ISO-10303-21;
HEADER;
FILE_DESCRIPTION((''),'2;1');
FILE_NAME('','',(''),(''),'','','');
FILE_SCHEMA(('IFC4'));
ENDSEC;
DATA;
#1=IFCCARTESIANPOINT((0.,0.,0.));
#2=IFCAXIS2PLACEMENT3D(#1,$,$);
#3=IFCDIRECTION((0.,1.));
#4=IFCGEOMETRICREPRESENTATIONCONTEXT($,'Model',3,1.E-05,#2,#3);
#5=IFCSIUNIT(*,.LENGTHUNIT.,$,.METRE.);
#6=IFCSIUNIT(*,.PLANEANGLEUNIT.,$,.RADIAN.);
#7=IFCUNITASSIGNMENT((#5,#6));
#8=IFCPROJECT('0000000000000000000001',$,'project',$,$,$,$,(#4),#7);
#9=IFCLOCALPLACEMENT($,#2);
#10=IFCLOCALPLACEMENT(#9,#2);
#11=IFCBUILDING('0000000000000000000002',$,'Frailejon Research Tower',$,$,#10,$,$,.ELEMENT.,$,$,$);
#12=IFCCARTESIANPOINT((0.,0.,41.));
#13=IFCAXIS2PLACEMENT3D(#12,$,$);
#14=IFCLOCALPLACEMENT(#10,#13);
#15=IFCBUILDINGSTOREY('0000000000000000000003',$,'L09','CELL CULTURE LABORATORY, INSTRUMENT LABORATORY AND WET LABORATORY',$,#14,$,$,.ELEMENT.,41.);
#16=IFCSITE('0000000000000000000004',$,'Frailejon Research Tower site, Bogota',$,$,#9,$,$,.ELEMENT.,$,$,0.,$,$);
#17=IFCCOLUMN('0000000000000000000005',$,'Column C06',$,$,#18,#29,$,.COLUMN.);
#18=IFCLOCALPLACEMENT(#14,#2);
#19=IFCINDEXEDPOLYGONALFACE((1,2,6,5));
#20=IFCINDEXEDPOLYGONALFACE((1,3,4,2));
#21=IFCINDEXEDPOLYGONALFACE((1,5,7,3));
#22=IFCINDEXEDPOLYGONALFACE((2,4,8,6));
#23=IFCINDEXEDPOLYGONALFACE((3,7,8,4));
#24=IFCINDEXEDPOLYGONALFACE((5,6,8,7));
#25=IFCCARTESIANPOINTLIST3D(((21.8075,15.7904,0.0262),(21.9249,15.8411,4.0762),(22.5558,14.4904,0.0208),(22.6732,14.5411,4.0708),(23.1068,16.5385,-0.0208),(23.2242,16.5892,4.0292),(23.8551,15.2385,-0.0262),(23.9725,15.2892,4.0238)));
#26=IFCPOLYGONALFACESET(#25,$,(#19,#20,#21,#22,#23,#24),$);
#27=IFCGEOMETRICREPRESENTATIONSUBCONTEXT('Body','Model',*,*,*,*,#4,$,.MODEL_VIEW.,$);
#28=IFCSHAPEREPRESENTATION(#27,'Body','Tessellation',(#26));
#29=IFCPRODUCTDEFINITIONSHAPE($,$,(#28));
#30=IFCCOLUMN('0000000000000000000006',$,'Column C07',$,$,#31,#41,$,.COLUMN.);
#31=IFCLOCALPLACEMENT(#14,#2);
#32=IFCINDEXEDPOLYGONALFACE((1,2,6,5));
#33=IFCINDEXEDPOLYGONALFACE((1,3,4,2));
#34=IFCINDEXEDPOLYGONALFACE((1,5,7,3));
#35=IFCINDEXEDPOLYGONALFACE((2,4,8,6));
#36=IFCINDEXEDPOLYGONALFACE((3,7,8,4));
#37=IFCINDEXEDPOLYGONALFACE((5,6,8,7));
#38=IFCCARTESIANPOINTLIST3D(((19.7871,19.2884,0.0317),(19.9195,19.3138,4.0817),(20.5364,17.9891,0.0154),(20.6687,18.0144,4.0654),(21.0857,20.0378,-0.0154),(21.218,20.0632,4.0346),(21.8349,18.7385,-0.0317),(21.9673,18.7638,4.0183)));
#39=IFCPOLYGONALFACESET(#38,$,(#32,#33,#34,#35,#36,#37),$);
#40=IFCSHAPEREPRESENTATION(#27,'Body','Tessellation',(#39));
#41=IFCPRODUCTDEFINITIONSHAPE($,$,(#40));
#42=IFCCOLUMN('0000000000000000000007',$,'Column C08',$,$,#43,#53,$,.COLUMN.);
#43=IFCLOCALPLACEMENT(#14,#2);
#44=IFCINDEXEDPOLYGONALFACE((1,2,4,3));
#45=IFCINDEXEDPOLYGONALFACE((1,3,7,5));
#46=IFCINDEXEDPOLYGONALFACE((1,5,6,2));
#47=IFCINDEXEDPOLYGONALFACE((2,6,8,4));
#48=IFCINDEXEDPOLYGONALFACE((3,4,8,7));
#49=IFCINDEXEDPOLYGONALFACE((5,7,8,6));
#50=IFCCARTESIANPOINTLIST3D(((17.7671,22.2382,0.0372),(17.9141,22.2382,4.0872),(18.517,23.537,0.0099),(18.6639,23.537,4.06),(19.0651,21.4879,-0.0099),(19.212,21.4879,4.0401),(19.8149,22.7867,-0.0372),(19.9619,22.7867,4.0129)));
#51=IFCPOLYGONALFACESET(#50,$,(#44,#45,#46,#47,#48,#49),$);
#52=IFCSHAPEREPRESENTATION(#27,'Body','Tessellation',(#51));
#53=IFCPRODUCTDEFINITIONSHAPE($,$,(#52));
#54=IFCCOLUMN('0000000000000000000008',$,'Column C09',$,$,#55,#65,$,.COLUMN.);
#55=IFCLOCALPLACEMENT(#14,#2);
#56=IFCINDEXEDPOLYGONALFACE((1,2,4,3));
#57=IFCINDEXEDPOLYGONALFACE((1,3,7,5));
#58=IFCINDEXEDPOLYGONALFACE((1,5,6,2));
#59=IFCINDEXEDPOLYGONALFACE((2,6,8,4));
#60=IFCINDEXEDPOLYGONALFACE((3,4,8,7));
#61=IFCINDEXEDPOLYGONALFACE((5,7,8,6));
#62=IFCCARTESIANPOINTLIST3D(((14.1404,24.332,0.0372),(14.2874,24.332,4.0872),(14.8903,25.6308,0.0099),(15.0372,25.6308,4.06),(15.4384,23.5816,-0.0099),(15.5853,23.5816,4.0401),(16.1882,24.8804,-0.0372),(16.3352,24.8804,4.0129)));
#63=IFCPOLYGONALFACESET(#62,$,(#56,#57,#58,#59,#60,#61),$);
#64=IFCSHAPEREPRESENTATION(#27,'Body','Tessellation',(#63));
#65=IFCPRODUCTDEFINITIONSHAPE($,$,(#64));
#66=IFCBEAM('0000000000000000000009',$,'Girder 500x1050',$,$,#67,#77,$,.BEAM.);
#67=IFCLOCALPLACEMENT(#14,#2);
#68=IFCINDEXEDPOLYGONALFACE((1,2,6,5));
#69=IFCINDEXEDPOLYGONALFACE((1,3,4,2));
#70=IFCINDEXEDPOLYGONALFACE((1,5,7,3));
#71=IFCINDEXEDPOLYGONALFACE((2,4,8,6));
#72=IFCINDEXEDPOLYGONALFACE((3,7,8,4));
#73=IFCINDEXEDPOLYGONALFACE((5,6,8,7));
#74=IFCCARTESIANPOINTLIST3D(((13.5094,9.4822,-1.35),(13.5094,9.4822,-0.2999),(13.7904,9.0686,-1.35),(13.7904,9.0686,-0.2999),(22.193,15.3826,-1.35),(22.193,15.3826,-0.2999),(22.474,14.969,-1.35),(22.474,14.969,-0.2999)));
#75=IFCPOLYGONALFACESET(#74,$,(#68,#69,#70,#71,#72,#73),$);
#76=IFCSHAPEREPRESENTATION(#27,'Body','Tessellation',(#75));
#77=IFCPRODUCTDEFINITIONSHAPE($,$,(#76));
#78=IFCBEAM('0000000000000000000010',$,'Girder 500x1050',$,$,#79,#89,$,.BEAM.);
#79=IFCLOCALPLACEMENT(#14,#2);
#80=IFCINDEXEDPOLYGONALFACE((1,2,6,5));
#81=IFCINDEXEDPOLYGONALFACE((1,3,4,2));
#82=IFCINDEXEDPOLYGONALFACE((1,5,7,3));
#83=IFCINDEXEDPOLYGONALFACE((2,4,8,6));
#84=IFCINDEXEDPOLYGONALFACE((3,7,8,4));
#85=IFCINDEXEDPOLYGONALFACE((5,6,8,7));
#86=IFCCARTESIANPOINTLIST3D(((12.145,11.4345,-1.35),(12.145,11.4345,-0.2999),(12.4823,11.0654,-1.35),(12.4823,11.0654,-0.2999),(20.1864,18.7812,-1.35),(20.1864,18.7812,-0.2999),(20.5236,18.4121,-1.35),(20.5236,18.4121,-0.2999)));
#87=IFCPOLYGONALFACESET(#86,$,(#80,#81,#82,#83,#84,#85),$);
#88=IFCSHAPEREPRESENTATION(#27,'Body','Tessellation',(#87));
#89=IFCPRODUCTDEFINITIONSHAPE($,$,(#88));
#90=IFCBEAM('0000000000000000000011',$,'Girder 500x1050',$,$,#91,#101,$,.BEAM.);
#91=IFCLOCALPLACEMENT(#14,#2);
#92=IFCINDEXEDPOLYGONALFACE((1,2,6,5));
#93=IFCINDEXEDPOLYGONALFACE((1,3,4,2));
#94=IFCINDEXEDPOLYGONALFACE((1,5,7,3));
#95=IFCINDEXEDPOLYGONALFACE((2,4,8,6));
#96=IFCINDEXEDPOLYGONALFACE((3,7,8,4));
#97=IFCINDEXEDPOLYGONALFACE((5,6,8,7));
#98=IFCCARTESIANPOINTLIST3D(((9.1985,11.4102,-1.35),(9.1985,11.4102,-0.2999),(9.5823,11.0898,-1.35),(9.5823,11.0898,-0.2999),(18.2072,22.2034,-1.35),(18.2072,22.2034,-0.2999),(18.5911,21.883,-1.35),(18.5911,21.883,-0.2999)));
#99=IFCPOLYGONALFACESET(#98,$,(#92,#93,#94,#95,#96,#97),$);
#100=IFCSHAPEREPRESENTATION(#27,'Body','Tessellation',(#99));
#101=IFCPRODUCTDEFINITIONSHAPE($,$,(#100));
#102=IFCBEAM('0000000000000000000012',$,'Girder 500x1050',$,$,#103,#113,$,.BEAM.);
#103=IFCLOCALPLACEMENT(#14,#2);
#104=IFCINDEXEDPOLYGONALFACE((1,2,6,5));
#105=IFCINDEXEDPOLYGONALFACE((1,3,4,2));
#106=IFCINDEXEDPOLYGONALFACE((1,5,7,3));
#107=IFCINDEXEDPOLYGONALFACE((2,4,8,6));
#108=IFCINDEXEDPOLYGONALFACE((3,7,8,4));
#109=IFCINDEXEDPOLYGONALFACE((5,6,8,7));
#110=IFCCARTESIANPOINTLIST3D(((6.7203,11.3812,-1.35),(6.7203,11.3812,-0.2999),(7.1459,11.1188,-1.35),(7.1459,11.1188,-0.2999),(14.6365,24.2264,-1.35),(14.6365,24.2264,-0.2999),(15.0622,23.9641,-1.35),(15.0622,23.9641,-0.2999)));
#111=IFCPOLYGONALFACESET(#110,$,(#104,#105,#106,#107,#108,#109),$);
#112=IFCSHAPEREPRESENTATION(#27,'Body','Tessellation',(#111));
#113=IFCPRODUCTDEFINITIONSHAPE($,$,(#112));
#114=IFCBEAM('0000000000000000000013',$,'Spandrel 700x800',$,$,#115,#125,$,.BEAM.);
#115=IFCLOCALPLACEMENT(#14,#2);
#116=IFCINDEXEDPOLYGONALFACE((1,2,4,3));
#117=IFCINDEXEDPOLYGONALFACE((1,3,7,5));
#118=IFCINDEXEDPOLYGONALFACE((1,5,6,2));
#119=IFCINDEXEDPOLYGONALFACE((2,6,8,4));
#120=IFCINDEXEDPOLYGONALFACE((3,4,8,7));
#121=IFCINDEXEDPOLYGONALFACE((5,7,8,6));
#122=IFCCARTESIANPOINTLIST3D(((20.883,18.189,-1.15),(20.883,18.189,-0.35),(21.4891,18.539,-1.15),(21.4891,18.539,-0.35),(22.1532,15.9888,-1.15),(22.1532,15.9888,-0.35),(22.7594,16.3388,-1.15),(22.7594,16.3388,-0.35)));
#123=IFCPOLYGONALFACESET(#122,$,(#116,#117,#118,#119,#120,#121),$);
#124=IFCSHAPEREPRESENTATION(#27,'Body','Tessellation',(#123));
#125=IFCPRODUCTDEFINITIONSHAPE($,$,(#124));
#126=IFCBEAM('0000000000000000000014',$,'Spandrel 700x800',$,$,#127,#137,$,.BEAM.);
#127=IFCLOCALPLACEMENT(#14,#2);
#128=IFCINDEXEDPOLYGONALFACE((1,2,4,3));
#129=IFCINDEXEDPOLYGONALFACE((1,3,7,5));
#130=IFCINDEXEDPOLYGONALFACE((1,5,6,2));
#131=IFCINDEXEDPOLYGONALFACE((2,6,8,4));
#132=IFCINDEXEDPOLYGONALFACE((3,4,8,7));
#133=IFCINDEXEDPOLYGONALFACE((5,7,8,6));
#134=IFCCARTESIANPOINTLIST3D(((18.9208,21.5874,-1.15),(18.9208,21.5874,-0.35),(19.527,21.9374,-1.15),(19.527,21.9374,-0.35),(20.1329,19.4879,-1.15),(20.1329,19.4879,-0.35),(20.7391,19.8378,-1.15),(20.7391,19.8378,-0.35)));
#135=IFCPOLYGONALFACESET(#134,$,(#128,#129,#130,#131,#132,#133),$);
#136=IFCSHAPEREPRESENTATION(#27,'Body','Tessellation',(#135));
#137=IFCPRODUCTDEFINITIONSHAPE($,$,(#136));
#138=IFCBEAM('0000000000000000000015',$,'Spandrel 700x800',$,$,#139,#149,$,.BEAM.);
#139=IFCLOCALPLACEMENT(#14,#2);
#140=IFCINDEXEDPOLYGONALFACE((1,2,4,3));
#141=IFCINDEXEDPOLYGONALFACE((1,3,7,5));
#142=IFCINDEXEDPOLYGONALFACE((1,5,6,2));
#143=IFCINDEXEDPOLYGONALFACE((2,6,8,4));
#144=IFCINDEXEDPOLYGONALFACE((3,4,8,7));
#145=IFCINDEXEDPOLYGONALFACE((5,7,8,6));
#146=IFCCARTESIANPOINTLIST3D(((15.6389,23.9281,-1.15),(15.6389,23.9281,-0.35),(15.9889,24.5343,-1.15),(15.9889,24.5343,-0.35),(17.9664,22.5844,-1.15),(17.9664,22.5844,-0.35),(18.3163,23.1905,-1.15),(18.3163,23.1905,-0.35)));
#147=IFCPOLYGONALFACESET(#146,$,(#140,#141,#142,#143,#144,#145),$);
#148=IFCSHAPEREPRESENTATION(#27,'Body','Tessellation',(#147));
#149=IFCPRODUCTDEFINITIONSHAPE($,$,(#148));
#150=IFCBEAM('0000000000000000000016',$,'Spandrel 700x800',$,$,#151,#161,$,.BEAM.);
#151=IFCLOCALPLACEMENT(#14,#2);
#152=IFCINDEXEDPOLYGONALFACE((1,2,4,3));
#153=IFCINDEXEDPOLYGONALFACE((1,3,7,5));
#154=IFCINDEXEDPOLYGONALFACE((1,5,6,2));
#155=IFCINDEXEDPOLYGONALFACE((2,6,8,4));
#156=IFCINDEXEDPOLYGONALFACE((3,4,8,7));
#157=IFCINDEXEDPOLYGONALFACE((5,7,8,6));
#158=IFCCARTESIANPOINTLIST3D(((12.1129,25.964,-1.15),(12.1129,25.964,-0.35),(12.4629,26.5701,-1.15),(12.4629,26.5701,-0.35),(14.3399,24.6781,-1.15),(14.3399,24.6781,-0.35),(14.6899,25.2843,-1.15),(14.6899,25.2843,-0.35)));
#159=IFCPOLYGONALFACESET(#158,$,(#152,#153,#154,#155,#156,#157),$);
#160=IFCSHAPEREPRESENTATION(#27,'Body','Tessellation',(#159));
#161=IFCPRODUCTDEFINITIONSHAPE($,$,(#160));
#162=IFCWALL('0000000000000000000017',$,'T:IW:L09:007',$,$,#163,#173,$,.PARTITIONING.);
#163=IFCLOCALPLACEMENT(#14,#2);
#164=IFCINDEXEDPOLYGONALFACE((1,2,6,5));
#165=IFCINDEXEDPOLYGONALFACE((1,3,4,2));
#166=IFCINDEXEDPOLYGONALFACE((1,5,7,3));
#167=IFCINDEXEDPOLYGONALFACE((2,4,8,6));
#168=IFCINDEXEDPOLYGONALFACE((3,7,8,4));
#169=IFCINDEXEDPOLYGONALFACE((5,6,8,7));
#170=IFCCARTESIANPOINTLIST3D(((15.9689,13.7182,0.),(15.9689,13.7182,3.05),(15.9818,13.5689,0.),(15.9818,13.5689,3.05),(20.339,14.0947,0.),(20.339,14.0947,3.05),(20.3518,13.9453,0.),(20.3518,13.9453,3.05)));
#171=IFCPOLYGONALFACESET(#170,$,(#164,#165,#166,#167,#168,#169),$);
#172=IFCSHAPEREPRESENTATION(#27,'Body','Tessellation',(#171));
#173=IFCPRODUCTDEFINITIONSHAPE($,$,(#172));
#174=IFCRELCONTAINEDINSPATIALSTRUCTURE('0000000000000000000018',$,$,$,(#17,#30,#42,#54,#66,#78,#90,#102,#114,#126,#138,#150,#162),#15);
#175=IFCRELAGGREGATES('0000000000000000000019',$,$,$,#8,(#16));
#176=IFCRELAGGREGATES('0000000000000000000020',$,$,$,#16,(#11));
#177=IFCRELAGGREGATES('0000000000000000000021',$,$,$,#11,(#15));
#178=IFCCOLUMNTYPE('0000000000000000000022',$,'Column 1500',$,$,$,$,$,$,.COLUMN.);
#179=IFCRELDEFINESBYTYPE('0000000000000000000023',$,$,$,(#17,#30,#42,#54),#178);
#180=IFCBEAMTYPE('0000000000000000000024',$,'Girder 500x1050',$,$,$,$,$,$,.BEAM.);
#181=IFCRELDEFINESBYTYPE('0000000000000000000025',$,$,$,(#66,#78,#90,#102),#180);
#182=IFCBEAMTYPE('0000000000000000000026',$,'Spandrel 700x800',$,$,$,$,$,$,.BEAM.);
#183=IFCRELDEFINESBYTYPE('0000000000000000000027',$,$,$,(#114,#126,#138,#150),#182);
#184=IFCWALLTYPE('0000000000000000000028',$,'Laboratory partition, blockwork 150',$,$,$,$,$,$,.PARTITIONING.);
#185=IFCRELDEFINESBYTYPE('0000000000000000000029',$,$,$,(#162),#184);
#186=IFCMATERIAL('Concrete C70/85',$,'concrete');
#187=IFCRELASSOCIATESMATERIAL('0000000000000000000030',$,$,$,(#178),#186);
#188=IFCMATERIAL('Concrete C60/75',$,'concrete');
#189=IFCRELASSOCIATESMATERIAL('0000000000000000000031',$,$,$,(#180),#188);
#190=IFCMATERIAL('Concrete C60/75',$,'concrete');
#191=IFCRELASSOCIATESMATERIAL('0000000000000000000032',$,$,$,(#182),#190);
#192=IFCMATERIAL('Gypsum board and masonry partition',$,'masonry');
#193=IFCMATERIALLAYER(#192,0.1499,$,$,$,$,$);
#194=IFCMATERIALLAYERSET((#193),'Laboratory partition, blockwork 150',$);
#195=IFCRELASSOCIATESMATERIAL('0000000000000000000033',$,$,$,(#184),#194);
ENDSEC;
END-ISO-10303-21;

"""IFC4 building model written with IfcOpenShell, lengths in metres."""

from ifc_helpers import new_model, si_unit, direction, frame, frame_2d, origin, origin_2d, place, context, subcontext, project, spatial, rectangle, extrude, material, layer, layer_set, material_profile, profile_set, type_object, element, save


model = new_model("IFC4")

# Units and contexts
model_context = context("Model", 3, precision=1e-05, world=origin(), true_north=direction((0.0, 1.0)))
body_context = subcontext(model_context, "Body", "Model", "MODEL_VIEW")
ifc_project = project(units=[si_unit("LENGTHUNIT", "METRE"), si_unit("PLANEANGLEUNIT", "RADIAN")], contexts=[model_context])

# Site, building, storey
site_placement = place(None, origin())
site = spatial("IfcSite", under=ifc_project, at=site_placement, Name="Frailejon Research Tower site, Bogota", CompositionType="ELEMENT", RefElevation=0.0)
building_placement = place(site_placement, origin())
building = spatial("IfcBuilding", under=site, at=building_placement, Name="Frailejon Research Tower", CompositionType="ELEMENT")
storey_placement = place(building_placement, frame((0.0, 0.0, 41.0)))
storey = spatial("IfcBuildingStorey", under=building, at=storey_placement, Name="L09", Description="CELL CULTURE LABORATORY, INSTRUMENT LABORATORY AND WET LABORATORY", CompositionType="ELEMENT", Elevation=41.0)

# Columns
ifc_material_1 = material(Name="Concrete C70/85", Category="concrete")
ifc_material_profile_1 = material_profile(ifc_material_1, rectangle(XDim=1.5, YDim=1.5, at=origin_2d()), Name="Column 1500")
ifc_profile_set_1 = profile_set([ifc_material_profile_1], Name="Concrete C70/85")
column_type = type_object("IfcColumnType", Name="Column 1500", PredefinedType="COLUMN", material=ifc_profile_set_1)
column_1_placement = place(storey_placement, frame((22.8313, 15.5144, 0.0), z_axis=(0.028981, 0.012532, 0.999501), x_axis=(-0.498879, 0.866664, 0.003598)))
element("IfcColumn", 1, at=column_1_placement, inside=storey, type_object=column_type, Name="Column C06", PredefinedType="COLUMN", context=body_context, shape_type="SweptSolid", body=[
    extrude(rectangle(XDim=1.5, YDim=1.5, at=origin_2d()), origin(), (0.0, 0.0, 1.0), 4.052),
])
column_2_placement = place(storey_placement, frame((20.811, 19.0134, 0.0), z_axis=(0.032654, 0.006266, 0.999447), x_axis=(-0.49952, 0.866234, 0.01089)))
element("IfcColumn", 2, at=column_2_placement, inside=storey, type_object=column_type, Name="Column C07", PredefinedType="COLUMN", context=body_context, shape_type="SweptSolid", body=[
    extrude(rectangle(XDim=1.5, YDim=1.5, at=origin_2d()), origin(), (0.0, 0.0, 1.0), 4.0522),
])
for number, where, z_axis, x_axis, name in (
    (3, (18.791, 22.5125, 0.0), (0.036265, 0.0, 0.999342), (-0.865314, 0.500246, 0.031401), "Column C08"),
    (4, (15.1643, 24.6062, 0.0), (0.036265, 0.0, 0.999342), (-0.865314, 0.500246, 0.031401), "Column C09"),
):
    element("IfcColumn", number, at=place(storey_placement, frame(where, z_axis=z_axis, x_axis=x_axis)), inside=storey, type_object=column_type, Name=name, PredefinedType="COLUMN", context=body_context, shape_type="SweptSolid", body=[
        extrude(rectangle(XDim=1.5, YDim=1.5, at=origin_2d()), origin(), (0.0, 0.0, 1.0), 4.0527),
    ])

# Beams
ifc_material_2 = material(Name="Concrete C60/75", Category="concrete")
ifc_material_profile_2 = material_profile(ifc_material_2, rectangle(XDim=0.5, YDim=1.05, at=origin_2d()), Name="Girder 500x1050")
ifc_profile_set_2 = profile_set([ifc_material_profile_2], Name="Concrete C60/75")
beam_type_1 = type_object("IfcBeamType", Name="Girder 500x1050", PredefinedType="BEAM", material=ifc_profile_set_2)
beam_1_placement = place(storey_placement, frame((22.3335, 15.1758, -0.825), z_axis=(-0.827124, -0.56202, 0.0), x_axis=(0.56202, -0.827124, 0.0)))
element("IfcBeam", 5, at=beam_1_placement, inside=storey, type_object=beam_type_1, Name="Girder 500x1050", PredefinedType="BEAM", context=body_context, shape_type="SweptSolid", body=[
    extrude(rectangle(XDim=0.5, YDim=1.05, at=origin_2d()), origin(), (0.0, 0.0, 1.0), 10.4985),
])
beam_2_placement = place(storey_placement, frame((20.355, 18.5967, -0.825), z_axis=(-0.738272, -0.674503, 0.0), x_axis=(0.674503, -0.738272, 0.0)))
element("IfcBeam", 6, at=beam_2_placement, inside=storey, type_object=beam_type_1, Name="Girder 500x1050", PredefinedType="BEAM", context=body_context, shape_type="SweptSolid", body=[
    extrude(rectangle(XDim=0.5, YDim=1.05, at=origin_2d()), origin(), (0.0, 0.0, 1.0), 10.8921),
])
beam_3_placement = place(storey_placement, frame((18.3992, 22.0432, -0.825), z_axis=(-0.640791, -0.767716, 0.0), x_axis=(0.767716, -0.640791, 0.0)))
element("IfcBeam", 7, at=beam_3_placement, inside=storey, type_object=beam_type_1, Name="Girder 500x1050", PredefinedType="BEAM", context=body_context, shape_type="SweptSolid", body=[
    extrude(rectangle(XDim=0.5, YDim=1.05, at=origin_2d()), origin(), (0.0, 0.0, 1.0), 14.0588),
])
beam_4_placement = place(storey_placement, frame((14.8494, 24.0952, -0.825), z_axis=(-0.524651, -0.851318, 0.0), x_axis=(0.851318, -0.524651, 0.0)))
element("IfcBeam", 8, at=beam_4_placement, inside=storey, type_object=beam_type_1, Name="Girder 500x1050", PredefinedType="BEAM", context=body_context, shape_type="SweptSolid", body=[
    extrude(rectangle(XDim=0.5, YDim=1.05, at=origin_2d()), origin(), (0.0, 0.0, 1.0), 15.0886),
])
ifc_material_3 = material(Name="Concrete C60/75", Category="concrete")
ifc_material_profile_3 = material_profile(ifc_material_3, rectangle(XDim=0.7, YDim=0.8, at=origin_2d()), Name="Spandrel 700x800")
ifc_profile_set_3 = profile_set([ifc_material_profile_3], Name="Concrete C60/75")
beam_type_2 = type_object("IfcBeamType", Name="Spandrel 700x800", PredefinedType="BEAM", material=ifc_profile_set_3)
beam_5_placement = place(storey_placement, frame((22.4563, 16.1638, -0.75), z_axis=(-0.499994, 0.866029, 0.0), x_axis=(-0.866029, -0.499994, 0.0)))
element("IfcBeam", 9, at=beam_5_placement, inside=storey, type_object=beam_type_2, Name="Spandrel 700x800", PredefinedType="BEAM", context=body_context, shape_type="SweptSolid", body=[
    extrude(rectangle(XDim=0.7, YDim=0.8, at=origin_2d()), origin(), (0.0, 0.0, 1.0), 2.5405),
])
beam_6_placement = place(storey_placement, frame((20.436, 19.6628, -0.75), z_axis=(-0.499984, 0.866035, 0.0), x_axis=(-0.866035, -0.499984, 0.0)))
element("IfcBeam", 10, at=beam_6_placement, inside=storey, type_object=beam_type_2, Name="Spandrel 700x800", PredefinedType="BEAM", context=body_context, shape_type="SweptSolid", body=[
    extrude(rectangle(XDim=0.7, YDim=0.8, at=origin_2d()), origin(), (0.0, 0.0, 1.0), 2.4243),
])
beam_7_placement = place(storey_placement, frame((18.1414, 22.8875, -0.75), z_axis=(-0.866021, 0.500008, 0.0), x_axis=(-0.500008, -0.866021, 0.0)))
element("IfcBeam", 11, at=beam_7_placement, inside=storey, type_object=beam_type_2, Name="Spandrel 700x800", PredefinedType="BEAM", context=body_context, shape_type="SweptSolid", body=[
    extrude(rectangle(XDim=0.7, YDim=0.8, at=origin_2d()), origin(), (0.0, 0.0, 1.0), 2.6875),
])
beam_8_placement = place(storey_placement, frame((14.5149, 24.9812, -0.75), z_axis=(-0.866009, 0.500029, 0.0), x_axis=(-0.500029, -0.866009, 0.0)))
element("IfcBeam", 12, at=beam_8_placement, inside=storey, type_object=beam_type_2, Name="Spandrel 700x800", PredefinedType="BEAM", context=body_context, shape_type="SweptSolid", body=[
    extrude(rectangle(XDim=0.7, YDim=0.8, at=origin_2d()), origin(), (0.0, 0.0, 1.0), 2.5715),
])

# Wall
ifc_material_4 = material(Name="Gypsum board and masonry partition", Category="masonry")
ifc_layer_1 = layer(ifc_material_4, 0.1499)
ifc_layer_set_1 = layer_set([ifc_layer_1], Name="Laboratory partition, blockwork 150")
wall_type_1 = type_object("IfcWallType", Name="Laboratory partition, blockwork 150", PredefinedType="PARTITIONING", material=ifc_layer_set_1)
wall_1_placement = place(storey_placement, frame((15.9753, 13.6436, 0.0), z_axis=(0.0, 0.0, 1.0), x_axis=(0.99631, 0.085827, 0.0)))
element("IfcWall", 13, at=wall_1_placement, inside=storey, type_object=wall_type_1, Name="T:IW:L09:007", PredefinedType="PARTITIONING", context=body_context, shape_type="SweptSolid", body=[
    extrude(rectangle(XDim=4.3862, YDim=0.1499, at=frame_2d((2.1931, 0.0))), origin(), (0.0, 0.0, 1.0), 3.05),
])

save(model, "model.ifc")
